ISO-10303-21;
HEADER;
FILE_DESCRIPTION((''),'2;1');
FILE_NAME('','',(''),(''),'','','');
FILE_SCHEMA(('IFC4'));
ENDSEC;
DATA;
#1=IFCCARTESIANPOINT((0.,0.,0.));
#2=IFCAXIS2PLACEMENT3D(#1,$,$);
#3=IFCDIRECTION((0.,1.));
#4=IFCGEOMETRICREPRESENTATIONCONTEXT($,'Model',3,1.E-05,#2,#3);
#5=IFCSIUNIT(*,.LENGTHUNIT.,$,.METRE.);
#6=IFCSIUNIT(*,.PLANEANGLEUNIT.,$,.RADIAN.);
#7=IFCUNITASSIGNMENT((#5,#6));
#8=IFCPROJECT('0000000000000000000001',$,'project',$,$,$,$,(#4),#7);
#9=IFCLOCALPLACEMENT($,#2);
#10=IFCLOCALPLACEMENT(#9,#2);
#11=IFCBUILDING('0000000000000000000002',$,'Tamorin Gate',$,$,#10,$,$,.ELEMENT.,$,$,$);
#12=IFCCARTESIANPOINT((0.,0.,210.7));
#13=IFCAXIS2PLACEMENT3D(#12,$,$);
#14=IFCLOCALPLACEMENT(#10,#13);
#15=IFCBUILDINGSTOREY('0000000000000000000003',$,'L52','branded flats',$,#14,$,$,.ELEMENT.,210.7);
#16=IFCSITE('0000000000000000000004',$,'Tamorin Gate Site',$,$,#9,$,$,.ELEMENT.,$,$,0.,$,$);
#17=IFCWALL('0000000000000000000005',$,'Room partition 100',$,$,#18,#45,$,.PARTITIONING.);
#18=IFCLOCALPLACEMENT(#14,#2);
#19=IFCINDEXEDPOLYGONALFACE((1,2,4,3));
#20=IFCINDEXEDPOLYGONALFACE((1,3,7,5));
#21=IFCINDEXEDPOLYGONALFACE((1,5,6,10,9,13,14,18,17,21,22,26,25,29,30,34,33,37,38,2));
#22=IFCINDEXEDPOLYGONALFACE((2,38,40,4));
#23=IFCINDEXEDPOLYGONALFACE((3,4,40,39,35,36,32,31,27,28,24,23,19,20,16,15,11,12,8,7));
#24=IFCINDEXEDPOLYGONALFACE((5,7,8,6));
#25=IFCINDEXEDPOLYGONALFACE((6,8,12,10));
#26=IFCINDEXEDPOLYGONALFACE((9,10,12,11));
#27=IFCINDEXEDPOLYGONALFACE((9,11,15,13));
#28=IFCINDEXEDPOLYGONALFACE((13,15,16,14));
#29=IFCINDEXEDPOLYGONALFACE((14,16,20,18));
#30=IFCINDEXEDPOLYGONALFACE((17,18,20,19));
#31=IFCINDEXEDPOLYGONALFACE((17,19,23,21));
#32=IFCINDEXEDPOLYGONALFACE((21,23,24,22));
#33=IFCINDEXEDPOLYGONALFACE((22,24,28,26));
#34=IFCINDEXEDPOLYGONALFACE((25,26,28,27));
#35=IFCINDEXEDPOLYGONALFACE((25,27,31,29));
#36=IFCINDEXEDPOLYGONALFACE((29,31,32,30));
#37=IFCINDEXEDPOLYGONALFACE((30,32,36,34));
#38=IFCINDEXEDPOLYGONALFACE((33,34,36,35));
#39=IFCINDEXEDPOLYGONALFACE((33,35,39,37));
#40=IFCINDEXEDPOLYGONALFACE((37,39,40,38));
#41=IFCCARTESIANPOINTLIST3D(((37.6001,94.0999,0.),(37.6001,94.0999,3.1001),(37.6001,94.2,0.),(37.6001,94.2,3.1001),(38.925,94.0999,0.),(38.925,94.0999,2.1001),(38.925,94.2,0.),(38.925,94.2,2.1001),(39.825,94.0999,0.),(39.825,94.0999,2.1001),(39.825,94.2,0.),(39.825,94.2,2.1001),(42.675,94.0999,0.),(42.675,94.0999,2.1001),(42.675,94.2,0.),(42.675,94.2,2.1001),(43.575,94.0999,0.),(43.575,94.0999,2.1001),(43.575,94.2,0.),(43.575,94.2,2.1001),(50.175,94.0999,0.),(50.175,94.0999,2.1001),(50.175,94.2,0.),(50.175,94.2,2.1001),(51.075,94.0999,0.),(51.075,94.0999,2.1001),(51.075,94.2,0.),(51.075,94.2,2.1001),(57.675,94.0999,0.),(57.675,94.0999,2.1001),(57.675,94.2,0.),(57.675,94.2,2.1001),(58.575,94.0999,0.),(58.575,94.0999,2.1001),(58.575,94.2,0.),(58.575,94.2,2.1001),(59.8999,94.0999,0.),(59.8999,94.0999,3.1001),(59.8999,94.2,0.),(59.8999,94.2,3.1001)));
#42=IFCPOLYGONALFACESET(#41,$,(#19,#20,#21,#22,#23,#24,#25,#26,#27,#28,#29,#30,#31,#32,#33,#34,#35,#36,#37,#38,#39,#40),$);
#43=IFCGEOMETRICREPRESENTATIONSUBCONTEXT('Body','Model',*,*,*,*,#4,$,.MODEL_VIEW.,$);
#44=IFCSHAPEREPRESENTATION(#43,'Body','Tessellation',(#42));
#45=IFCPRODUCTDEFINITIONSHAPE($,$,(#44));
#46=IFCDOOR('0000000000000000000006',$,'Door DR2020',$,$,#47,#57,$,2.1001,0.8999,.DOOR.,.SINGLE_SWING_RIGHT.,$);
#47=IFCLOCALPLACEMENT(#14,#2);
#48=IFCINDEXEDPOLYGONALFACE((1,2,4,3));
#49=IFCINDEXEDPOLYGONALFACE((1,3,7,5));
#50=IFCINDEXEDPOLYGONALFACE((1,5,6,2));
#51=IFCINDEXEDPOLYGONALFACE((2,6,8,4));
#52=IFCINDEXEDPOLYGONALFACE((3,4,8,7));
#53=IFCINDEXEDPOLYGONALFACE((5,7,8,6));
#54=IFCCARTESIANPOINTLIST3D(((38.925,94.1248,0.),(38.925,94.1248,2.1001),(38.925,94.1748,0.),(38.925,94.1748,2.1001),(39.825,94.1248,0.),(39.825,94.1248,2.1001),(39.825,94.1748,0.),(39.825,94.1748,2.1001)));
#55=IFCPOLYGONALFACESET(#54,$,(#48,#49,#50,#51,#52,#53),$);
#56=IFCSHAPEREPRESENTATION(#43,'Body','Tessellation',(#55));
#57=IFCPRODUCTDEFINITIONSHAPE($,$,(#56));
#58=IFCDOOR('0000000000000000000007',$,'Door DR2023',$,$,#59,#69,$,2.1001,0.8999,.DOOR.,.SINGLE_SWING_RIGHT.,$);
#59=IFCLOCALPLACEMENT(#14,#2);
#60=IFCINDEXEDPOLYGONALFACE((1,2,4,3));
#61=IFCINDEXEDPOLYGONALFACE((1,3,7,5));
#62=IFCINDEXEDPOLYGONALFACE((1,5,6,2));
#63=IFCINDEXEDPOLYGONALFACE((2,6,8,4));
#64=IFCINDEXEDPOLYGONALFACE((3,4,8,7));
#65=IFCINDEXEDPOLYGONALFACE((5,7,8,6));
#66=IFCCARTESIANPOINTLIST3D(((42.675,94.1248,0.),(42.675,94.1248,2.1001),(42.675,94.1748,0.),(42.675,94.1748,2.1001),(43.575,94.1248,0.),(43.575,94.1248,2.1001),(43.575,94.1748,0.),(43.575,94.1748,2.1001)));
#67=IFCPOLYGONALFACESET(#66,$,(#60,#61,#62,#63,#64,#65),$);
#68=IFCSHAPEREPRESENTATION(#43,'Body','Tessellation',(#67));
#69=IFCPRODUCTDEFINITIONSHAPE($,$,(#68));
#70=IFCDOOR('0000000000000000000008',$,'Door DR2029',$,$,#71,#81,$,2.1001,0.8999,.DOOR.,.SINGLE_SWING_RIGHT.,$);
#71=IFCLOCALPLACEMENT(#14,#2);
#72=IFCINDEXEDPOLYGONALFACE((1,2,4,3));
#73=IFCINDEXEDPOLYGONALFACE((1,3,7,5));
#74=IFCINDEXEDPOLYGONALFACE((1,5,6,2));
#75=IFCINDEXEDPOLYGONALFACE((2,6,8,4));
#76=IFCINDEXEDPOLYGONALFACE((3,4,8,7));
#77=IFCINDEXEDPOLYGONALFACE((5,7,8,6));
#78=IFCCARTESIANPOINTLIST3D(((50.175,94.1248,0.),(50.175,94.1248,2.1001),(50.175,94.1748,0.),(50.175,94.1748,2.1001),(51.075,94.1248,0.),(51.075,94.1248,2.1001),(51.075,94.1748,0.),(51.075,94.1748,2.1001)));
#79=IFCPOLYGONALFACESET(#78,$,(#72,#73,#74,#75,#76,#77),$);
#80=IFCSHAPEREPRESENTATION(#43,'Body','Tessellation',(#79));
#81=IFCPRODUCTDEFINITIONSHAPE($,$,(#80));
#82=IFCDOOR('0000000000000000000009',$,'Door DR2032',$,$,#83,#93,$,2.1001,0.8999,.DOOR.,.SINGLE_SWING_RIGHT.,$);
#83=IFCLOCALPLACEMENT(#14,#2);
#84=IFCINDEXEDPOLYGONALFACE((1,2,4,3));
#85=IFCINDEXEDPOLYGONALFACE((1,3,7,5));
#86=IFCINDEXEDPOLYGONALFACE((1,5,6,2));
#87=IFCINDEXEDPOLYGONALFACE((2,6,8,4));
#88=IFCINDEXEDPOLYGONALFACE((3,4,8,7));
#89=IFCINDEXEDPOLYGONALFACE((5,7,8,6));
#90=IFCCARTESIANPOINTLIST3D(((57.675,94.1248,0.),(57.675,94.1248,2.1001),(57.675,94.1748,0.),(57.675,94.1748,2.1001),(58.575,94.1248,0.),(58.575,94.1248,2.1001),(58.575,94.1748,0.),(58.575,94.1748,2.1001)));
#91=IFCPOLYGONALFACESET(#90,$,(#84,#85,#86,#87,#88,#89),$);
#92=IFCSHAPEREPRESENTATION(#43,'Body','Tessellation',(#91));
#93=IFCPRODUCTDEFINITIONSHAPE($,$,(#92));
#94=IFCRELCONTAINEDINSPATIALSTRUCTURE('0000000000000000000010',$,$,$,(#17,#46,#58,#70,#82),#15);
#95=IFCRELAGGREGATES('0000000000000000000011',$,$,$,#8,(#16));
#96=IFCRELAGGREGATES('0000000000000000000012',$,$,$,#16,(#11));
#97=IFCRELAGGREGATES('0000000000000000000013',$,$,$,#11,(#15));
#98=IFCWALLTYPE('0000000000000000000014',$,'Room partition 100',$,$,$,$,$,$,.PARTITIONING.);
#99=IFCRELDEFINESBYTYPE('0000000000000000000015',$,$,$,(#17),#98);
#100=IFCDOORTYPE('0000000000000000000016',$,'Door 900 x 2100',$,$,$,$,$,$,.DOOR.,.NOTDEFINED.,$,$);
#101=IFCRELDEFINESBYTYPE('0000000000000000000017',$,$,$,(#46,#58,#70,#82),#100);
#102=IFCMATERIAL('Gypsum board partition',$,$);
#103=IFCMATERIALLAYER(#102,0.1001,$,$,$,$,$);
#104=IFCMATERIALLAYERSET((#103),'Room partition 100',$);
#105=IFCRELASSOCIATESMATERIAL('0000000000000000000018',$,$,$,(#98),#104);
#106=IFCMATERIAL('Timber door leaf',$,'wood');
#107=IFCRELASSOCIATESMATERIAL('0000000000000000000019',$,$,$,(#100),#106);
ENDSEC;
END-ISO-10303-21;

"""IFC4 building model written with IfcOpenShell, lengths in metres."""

from ifc_helpers import new_model, si_unit, direction, frame, frame_2d, origin, place, context, subcontext, project, spatial, rectangle, extrude, material, layer, layer_set, type_object, element, fill, save


model = new_model("IFC4")

# Units and contexts
model_context = context("Model", 3, precision=1e-05, world=origin(), true_north=direction((0.0, 1.0)))
body_context = subcontext(model_context, "Body", "Model", "MODEL_VIEW")
ifc_project = project(units=[si_unit("LENGTHUNIT", "METRE"), si_unit("PLANEANGLEUNIT", "RADIAN")], contexts=[model_context])

# Site, building, storey
site_placement = place(None, origin())
site = spatial("IfcSite", under=ifc_project, at=site_placement, Name="Tamorin Gate Site", CompositionType="ELEMENT", RefElevation=0.0)
building_placement = place(site_placement, origin())
building = spatial("IfcBuilding", under=site, at=building_placement, Name="Tamorin Gate", CompositionType="ELEMENT")
storey_placement = place(building_placement, frame((0.0, 0.0, 210.7)))
storey = spatial("IfcBuildingStorey", under=building, at=storey_placement, Name="L52", Description="branded flats", CompositionType="ELEMENT", Elevation=210.7)

# Wall, openings, doors
ifc_material_1 = material(Name="Gypsum board partition")
ifc_layer_1 = layer(ifc_material_1, 0.1001)
ifc_layer_set_1 = layer_set([ifc_layer_1], Name="Room partition 100")
wall_type_1 = type_object("IfcWallType", Name="Room partition 100", PredefinedType="PARTITIONING", material=ifc_layer_set_1)
wall_1_placement = place(storey_placement, frame((37.6001, 94.1499, 0.0), z_axis=(0.0, 0.0, 1.0), x_axis=(1.0, 0.0, 0.0)))
wall_1 = element("IfcWall", 1, at=wall_1_placement, inside=storey, type_object=wall_type_1, Name="Room partition 100", PredefinedType="PARTITIONING", context=body_context, shape_type="SweptSolid", body=[
    extrude(rectangle(XDim=22.2998, YDim=0.1001, at=frame_2d((11.1499, 0.0))), origin(), (0.0, 0.0, 1.0), 3.1001),
])
opening_1_placement = place(wall_1_placement, frame((1.325, 0.0, 0.0)))
opening_1 = element("IfcOpeningElement", 2, at=opening_1_placement, cuts=wall_1, PredefinedType="OPENING", context=body_context, shape_type="SweptSolid", body=[
    extrude(rectangle(XDim=0.8999, YDim=2.1001, at=frame_2d((0.45, 1.05))), frame((0.0, 0.0601, 0.0), z_axis=(0.0, -1.0, 0.0), x_axis=(1.0, 0.0, 0.0)), (0.0, 0.0, 1.0), 0.1201),
])
opening_2_placement = place(wall_1_placement, frame((5.075, 0.0, 0.0)))
opening_2 = element("IfcOpeningElement", 3, at=opening_2_placement, cuts=wall_1, PredefinedType="OPENING", context=body_context, shape_type="SweptSolid", body=[
    extrude(rectangle(XDim=0.8999, YDim=2.1001, at=frame_2d((0.45, 1.05))), frame((0.0, 0.0601, 0.0), z_axis=(0.0, -1.0, 0.0), x_axis=(1.0, 0.0, 0.0)), (0.0, 0.0, 1.0), 0.1201),
])
opening_3_placement = place(wall_1_placement, frame((12.575, 0.0, 0.0)))
opening_3 = element("IfcOpeningElement", 4, at=opening_3_placement, cuts=wall_1, PredefinedType="OPENING", context=body_context, shape_type="SweptSolid", body=[
    extrude(rectangle(XDim=0.8999, YDim=2.1001, at=frame_2d((0.45, 1.05))), frame((0.0, 0.0601, 0.0), z_axis=(0.0, -1.0, 0.0), x_axis=(1.0, 0.0, 0.0)), (0.0, 0.0, 1.0), 0.1201),
])
opening_4_placement = place(wall_1_placement, frame((20.075, 0.0, 0.0)))
opening_4 = element("IfcOpeningElement", 5, at=opening_4_placement, cuts=wall_1, PredefinedType="OPENING", context=body_context, shape_type="SweptSolid", body=[
    extrude(rectangle(XDim=0.8999, YDim=2.1001, at=frame_2d((0.45, 1.05))), frame((0.0, 0.0601, 0.0), z_axis=(0.0, -1.0, 0.0), x_axis=(1.0, 0.0, 0.0)), (0.0, 0.0, 1.0), 0.1201),
])
ifc_material_2 = material(Name="Timber door leaf", Category="wood")
door_type = type_object("IfcDoorType", Name="Door 900 x 2100", OperationType="NOTDEFINED", PredefinedType="DOOR", material=ifc_material_2)
door_1_placement = place(opening_1_placement, origin())
door_1 = element("IfcDoor", 6, at=door_1_placement, inside=storey, type_object=door_type, Name="Door DR2020", OperationType="SINGLE_SWING_RIGHT", OverallHeight=2.1001, OverallWidth=0.8999, PredefinedType="DOOR", context=body_context, shape_type="SweptSolid", body=[
    extrude(rectangle(XDim=0.8999, YDim=2.1001, at=frame_2d((0.45, 1.05))), frame((0.0, 0.0249, 0.0), z_axis=(0.0, -1.0, 0.0), x_axis=(1.0, 0.0, 0.0)), (0.0, 0.0, 1.0), 0.05),
])
fill(opening_1, door_1)
door_2_placement = place(opening_2_placement, origin())
door_2 = element("IfcDoor", 7, at=door_2_placement, inside=storey, type_object=door_type, Name="Door DR2023", OperationType="SINGLE_SWING_RIGHT", OverallHeight=2.1001, OverallWidth=0.8999, PredefinedType="DOOR", context=body_context, shape_type="SweptSolid", body=[
    extrude(rectangle(XDim=0.8999, YDim=2.1001, at=frame_2d((0.45, 1.05))), frame((0.0, 0.0249, 0.0), z_axis=(0.0, -1.0, 0.0), x_axis=(1.0, 0.0, 0.0)), (0.0, 0.0, 1.0), 0.05),
])
fill(opening_2, door_2)
door_3_placement = place(opening_3_placement, origin())
door_3 = element("IfcDoor", 8, at=door_3_placement, inside=storey, type_object=door_type, Name="Door DR2029", OperationType="SINGLE_SWING_RIGHT", OverallHeight=2.1001, OverallWidth=0.8999, PredefinedType="DOOR", context=body_context, shape_type="SweptSolid", body=[
    extrude(rectangle(XDim=0.8999, YDim=2.1001, at=frame_2d((0.45, 1.05))), frame((0.0, 0.0249, 0.0), z_axis=(0.0, -1.0, 0.0), x_axis=(1.0, 0.0, 0.0)), (0.0, 0.0, 1.0), 0.05),
])
fill(opening_3, door_3)
door_4_placement = place(opening_4_placement, origin())
door_4 = element("IfcDoor", 9, at=door_4_placement, inside=storey, type_object=door_type, Name="Door DR2032", OperationType="SINGLE_SWING_RIGHT", OverallHeight=2.1001, OverallWidth=0.8999, PredefinedType="DOOR", context=body_context, shape_type="SweptSolid", body=[
    extrude(rectangle(XDim=0.8999, YDim=2.1001, at=frame_2d((0.45, 1.05))), frame((0.0, 0.0249, 0.0), z_axis=(0.0, -1.0, 0.0), x_axis=(1.0, 0.0, 0.0)), (0.0, 0.0, 1.0), 0.05),
])
fill(opening_4, door_4)

save(model, "model.ifc")
